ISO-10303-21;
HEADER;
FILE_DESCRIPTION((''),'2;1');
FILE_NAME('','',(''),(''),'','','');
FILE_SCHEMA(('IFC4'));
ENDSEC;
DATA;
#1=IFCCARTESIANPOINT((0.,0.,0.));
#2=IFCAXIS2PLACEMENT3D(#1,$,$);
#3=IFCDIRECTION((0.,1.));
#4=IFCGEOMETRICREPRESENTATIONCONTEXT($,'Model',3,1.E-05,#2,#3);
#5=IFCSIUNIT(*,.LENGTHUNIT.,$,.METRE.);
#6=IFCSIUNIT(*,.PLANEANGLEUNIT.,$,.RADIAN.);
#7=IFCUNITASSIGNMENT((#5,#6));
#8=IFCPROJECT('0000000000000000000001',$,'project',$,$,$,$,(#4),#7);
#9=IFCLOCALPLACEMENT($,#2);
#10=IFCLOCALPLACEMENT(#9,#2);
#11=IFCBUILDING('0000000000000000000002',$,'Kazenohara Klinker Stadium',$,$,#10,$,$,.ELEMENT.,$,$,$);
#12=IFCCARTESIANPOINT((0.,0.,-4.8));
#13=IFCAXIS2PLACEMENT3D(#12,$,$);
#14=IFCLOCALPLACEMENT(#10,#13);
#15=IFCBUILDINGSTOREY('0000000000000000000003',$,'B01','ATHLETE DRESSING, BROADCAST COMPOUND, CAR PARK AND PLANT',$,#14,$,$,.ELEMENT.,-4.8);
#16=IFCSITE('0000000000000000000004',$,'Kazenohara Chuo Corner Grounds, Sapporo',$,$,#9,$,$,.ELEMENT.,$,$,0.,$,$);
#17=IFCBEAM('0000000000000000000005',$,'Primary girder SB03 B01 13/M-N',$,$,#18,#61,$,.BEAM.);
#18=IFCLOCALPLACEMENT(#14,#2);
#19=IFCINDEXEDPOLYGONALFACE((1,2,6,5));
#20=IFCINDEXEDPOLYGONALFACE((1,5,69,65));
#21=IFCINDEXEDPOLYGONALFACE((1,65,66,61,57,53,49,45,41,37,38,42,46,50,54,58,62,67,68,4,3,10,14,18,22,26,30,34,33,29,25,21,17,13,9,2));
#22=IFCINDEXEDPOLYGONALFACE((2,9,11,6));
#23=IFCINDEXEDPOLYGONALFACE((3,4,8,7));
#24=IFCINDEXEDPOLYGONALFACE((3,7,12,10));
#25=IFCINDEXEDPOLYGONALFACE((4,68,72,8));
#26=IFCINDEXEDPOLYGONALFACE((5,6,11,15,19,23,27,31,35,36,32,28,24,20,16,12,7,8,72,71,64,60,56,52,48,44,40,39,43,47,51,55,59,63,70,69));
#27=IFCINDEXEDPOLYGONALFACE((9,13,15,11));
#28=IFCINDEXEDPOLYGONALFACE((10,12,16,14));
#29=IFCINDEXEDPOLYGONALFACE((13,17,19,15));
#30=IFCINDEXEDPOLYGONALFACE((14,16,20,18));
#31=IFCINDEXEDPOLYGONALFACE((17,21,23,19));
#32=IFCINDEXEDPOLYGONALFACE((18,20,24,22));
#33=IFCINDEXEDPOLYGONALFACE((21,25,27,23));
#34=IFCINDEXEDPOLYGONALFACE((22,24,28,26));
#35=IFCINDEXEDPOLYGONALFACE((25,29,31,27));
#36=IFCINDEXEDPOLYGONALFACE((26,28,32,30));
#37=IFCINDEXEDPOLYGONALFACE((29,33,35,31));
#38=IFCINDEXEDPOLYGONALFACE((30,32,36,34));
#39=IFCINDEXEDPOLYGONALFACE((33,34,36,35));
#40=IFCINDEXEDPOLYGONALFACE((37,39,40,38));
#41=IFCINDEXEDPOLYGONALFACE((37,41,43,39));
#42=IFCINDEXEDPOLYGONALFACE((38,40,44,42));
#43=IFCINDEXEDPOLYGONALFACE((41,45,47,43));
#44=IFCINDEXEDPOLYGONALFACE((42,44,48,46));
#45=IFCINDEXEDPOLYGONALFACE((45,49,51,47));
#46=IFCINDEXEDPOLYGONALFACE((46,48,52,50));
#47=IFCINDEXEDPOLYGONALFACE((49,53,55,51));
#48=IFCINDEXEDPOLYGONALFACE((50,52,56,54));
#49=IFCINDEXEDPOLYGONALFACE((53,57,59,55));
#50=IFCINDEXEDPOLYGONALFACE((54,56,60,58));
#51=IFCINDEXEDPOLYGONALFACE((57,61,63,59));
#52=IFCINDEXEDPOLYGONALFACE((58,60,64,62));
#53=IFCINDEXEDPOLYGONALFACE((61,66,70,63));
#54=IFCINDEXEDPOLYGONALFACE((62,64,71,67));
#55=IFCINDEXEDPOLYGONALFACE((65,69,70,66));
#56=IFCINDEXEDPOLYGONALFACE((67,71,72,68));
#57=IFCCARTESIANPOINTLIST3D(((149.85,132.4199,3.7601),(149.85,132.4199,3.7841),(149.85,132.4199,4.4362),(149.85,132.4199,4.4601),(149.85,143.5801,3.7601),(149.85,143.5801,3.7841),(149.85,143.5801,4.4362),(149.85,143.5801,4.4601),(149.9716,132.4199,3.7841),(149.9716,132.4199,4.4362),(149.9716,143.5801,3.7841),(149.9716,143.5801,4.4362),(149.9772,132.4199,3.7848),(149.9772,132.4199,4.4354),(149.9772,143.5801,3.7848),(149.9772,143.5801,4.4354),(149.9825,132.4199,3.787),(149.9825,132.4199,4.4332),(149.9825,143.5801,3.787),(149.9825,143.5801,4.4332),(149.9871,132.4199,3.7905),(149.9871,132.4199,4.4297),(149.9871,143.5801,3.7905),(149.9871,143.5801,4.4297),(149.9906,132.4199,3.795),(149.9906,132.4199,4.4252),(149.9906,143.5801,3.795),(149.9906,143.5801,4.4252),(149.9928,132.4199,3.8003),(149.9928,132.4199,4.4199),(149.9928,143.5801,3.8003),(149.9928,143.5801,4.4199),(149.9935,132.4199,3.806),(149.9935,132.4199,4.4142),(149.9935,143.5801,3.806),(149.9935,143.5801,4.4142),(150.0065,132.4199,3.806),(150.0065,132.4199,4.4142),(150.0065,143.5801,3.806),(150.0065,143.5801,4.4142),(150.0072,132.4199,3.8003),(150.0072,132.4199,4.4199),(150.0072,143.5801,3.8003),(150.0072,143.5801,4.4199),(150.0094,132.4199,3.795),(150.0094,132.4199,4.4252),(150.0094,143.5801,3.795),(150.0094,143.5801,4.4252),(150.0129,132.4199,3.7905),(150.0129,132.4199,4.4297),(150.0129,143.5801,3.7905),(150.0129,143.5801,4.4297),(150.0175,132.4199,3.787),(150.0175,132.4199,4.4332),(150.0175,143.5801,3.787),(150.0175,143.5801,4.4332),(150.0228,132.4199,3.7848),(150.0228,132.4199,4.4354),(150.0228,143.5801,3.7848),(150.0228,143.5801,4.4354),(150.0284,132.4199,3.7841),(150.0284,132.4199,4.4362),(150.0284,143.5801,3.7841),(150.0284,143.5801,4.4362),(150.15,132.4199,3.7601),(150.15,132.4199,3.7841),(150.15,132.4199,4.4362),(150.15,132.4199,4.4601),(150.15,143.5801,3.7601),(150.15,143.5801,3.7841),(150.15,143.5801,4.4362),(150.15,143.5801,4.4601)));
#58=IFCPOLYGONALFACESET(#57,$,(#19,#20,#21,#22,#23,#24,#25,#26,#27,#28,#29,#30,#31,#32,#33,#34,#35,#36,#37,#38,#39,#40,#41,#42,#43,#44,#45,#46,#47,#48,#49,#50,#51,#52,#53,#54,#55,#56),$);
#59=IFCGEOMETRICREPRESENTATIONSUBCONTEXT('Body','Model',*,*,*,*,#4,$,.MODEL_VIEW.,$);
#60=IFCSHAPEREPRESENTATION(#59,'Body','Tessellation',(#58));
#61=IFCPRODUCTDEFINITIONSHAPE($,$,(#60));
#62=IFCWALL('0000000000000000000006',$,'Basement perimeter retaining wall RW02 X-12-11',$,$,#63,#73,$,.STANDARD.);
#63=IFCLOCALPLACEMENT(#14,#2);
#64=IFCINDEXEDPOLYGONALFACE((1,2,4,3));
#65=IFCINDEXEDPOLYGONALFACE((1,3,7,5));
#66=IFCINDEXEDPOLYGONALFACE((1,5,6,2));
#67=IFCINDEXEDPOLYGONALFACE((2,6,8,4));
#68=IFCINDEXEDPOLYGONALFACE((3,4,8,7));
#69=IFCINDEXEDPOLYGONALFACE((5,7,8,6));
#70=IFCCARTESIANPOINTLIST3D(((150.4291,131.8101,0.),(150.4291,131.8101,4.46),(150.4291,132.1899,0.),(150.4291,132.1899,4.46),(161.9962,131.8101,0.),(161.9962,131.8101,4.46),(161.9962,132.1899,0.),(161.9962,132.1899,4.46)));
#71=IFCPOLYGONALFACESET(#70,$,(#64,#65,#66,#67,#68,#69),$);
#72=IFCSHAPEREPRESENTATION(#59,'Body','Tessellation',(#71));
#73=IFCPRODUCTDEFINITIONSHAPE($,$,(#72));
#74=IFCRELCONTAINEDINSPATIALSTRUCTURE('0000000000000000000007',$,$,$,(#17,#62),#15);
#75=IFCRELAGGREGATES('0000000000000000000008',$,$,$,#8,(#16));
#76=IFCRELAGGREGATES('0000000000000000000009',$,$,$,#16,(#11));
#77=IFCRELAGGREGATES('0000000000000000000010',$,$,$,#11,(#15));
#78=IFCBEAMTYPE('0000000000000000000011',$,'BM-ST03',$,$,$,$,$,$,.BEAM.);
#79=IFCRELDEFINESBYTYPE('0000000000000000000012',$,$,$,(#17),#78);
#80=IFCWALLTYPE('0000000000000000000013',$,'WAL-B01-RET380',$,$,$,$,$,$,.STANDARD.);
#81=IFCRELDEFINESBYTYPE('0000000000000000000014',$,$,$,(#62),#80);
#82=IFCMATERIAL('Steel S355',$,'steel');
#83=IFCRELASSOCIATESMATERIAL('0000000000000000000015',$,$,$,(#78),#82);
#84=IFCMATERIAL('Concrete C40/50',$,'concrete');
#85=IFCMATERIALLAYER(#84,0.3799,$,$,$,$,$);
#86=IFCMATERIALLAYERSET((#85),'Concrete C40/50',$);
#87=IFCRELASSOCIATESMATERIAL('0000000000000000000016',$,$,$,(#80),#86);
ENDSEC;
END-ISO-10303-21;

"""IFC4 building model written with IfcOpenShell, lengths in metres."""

from ifc_helpers import new_model, si_unit, direction, frame, frame_2d, origin, origin_2d, place, context, subcontext, project, spatial, rectangle, i_section, extrude, material, layer, layer_set, material_profile, profile_set, type_object, element, save


model = new_model("IFC4")

# Units and contexts
model_context = context("Model", 3, precision=1e-05, world=origin(), true_north=direction((0.0, 1.0)))
body_context = subcontext(model_context, "Body", "Model", "MODEL_VIEW")
ifc_project = project(units=[si_unit("LENGTHUNIT", "METRE"), si_unit("PLANEANGLEUNIT", "RADIAN")], contexts=[model_context])

# Site, building, storey
site_placement = place(None, origin())
site = spatial("IfcSite", under=ifc_project, at=site_placement, Name="Kazenohara Chuo Corner Grounds, Sapporo", CompositionType="ELEMENT", RefElevation=0.0)
building_placement = place(site_placement, origin())
building = spatial("IfcBuilding", under=site, at=building_placement, Name="Kazenohara Klinker Stadium", CompositionType="ELEMENT")
storey_placement = place(building_placement, frame((0.0, 0.0, -4.8)))
storey = spatial("IfcBuildingStorey", under=building, at=storey_placement, Name="B01", Description="ATHLETE DRESSING, BROADCAST COMPOUND, CAR PARK AND PLANT", CompositionType="ELEMENT", Elevation=-4.8)

# Shared definitions
ifc_material_1 = material(Name="Concrete C40/50", Category="concrete")

# Beam
ifc_material_2 = material(Name="Steel S355", Category="steel")
ifc_material_profile_1 = material_profile(ifc_material_2, i_section(OverallWidth=0.3, OverallDepth=0.7, WebThickness=0.0129, FlangeThickness=0.0239, FilletRadius=0.022, at=origin_2d()), Name="H-700x300x13x24")
ifc_profile_set_1 = profile_set([ifc_material_profile_1], Name="Steel S355")
beam_type_1 = type_object("IfcBeamType", Name="BM-ST03", PredefinedType="BEAM", material=ifc_profile_set_1)
beam_1_placement = place(storey_placement, frame((150.0, 132.4199, 4.1101), z_axis=(0.0, 1.0, 0.0), x_axis=(-1.0, 0.0, 0.0)))
element("IfcBeam", 1, at=beam_1_placement, inside=storey, type_object=beam_type_1, Name="Primary girder SB03 B01 13/M-N", PredefinedType="BEAM", context=body_context, shape_type="SweptSolid", body=[
    extrude(i_section(OverallWidth=0.3, OverallDepth=0.7, WebThickness=0.0129, FlangeThickness=0.0239, FilletRadius=0.022, at=origin_2d()), origin(), (0.0, 0.0, 1.0), 11.1602),
])

# Wall
ifc_layer = layer(ifc_material_1, 0.3799)
ifc_layer_set = layer_set([ifc_layer], Name="Concrete C40/50")
wall_type = type_object("IfcWallType", Name="WAL-B01-RET380", PredefinedType="STANDARD", material=ifc_layer_set)
wall_placement = place(storey_placement, frame((150.429, 132.0, 0.0), z_axis=(0.0, 0.0, 1.0), x_axis=(1.0, 0.0, 0.0)))
element("IfcWall", 2, at=wall_placement, inside=storey, type_object=wall_type, Name="Basement perimeter retaining wall RW02 X-12-11", PredefinedType="STANDARD", context=body_context, shape_type="SweptSolid", body=[
    extrude(rectangle(XDim=11.5671, YDim=0.3799, at=frame_2d((5.7837, 0.0))), origin(), (0.0, 0.0, 1.0), 4.46),
])

save(model, "model.ifc")
